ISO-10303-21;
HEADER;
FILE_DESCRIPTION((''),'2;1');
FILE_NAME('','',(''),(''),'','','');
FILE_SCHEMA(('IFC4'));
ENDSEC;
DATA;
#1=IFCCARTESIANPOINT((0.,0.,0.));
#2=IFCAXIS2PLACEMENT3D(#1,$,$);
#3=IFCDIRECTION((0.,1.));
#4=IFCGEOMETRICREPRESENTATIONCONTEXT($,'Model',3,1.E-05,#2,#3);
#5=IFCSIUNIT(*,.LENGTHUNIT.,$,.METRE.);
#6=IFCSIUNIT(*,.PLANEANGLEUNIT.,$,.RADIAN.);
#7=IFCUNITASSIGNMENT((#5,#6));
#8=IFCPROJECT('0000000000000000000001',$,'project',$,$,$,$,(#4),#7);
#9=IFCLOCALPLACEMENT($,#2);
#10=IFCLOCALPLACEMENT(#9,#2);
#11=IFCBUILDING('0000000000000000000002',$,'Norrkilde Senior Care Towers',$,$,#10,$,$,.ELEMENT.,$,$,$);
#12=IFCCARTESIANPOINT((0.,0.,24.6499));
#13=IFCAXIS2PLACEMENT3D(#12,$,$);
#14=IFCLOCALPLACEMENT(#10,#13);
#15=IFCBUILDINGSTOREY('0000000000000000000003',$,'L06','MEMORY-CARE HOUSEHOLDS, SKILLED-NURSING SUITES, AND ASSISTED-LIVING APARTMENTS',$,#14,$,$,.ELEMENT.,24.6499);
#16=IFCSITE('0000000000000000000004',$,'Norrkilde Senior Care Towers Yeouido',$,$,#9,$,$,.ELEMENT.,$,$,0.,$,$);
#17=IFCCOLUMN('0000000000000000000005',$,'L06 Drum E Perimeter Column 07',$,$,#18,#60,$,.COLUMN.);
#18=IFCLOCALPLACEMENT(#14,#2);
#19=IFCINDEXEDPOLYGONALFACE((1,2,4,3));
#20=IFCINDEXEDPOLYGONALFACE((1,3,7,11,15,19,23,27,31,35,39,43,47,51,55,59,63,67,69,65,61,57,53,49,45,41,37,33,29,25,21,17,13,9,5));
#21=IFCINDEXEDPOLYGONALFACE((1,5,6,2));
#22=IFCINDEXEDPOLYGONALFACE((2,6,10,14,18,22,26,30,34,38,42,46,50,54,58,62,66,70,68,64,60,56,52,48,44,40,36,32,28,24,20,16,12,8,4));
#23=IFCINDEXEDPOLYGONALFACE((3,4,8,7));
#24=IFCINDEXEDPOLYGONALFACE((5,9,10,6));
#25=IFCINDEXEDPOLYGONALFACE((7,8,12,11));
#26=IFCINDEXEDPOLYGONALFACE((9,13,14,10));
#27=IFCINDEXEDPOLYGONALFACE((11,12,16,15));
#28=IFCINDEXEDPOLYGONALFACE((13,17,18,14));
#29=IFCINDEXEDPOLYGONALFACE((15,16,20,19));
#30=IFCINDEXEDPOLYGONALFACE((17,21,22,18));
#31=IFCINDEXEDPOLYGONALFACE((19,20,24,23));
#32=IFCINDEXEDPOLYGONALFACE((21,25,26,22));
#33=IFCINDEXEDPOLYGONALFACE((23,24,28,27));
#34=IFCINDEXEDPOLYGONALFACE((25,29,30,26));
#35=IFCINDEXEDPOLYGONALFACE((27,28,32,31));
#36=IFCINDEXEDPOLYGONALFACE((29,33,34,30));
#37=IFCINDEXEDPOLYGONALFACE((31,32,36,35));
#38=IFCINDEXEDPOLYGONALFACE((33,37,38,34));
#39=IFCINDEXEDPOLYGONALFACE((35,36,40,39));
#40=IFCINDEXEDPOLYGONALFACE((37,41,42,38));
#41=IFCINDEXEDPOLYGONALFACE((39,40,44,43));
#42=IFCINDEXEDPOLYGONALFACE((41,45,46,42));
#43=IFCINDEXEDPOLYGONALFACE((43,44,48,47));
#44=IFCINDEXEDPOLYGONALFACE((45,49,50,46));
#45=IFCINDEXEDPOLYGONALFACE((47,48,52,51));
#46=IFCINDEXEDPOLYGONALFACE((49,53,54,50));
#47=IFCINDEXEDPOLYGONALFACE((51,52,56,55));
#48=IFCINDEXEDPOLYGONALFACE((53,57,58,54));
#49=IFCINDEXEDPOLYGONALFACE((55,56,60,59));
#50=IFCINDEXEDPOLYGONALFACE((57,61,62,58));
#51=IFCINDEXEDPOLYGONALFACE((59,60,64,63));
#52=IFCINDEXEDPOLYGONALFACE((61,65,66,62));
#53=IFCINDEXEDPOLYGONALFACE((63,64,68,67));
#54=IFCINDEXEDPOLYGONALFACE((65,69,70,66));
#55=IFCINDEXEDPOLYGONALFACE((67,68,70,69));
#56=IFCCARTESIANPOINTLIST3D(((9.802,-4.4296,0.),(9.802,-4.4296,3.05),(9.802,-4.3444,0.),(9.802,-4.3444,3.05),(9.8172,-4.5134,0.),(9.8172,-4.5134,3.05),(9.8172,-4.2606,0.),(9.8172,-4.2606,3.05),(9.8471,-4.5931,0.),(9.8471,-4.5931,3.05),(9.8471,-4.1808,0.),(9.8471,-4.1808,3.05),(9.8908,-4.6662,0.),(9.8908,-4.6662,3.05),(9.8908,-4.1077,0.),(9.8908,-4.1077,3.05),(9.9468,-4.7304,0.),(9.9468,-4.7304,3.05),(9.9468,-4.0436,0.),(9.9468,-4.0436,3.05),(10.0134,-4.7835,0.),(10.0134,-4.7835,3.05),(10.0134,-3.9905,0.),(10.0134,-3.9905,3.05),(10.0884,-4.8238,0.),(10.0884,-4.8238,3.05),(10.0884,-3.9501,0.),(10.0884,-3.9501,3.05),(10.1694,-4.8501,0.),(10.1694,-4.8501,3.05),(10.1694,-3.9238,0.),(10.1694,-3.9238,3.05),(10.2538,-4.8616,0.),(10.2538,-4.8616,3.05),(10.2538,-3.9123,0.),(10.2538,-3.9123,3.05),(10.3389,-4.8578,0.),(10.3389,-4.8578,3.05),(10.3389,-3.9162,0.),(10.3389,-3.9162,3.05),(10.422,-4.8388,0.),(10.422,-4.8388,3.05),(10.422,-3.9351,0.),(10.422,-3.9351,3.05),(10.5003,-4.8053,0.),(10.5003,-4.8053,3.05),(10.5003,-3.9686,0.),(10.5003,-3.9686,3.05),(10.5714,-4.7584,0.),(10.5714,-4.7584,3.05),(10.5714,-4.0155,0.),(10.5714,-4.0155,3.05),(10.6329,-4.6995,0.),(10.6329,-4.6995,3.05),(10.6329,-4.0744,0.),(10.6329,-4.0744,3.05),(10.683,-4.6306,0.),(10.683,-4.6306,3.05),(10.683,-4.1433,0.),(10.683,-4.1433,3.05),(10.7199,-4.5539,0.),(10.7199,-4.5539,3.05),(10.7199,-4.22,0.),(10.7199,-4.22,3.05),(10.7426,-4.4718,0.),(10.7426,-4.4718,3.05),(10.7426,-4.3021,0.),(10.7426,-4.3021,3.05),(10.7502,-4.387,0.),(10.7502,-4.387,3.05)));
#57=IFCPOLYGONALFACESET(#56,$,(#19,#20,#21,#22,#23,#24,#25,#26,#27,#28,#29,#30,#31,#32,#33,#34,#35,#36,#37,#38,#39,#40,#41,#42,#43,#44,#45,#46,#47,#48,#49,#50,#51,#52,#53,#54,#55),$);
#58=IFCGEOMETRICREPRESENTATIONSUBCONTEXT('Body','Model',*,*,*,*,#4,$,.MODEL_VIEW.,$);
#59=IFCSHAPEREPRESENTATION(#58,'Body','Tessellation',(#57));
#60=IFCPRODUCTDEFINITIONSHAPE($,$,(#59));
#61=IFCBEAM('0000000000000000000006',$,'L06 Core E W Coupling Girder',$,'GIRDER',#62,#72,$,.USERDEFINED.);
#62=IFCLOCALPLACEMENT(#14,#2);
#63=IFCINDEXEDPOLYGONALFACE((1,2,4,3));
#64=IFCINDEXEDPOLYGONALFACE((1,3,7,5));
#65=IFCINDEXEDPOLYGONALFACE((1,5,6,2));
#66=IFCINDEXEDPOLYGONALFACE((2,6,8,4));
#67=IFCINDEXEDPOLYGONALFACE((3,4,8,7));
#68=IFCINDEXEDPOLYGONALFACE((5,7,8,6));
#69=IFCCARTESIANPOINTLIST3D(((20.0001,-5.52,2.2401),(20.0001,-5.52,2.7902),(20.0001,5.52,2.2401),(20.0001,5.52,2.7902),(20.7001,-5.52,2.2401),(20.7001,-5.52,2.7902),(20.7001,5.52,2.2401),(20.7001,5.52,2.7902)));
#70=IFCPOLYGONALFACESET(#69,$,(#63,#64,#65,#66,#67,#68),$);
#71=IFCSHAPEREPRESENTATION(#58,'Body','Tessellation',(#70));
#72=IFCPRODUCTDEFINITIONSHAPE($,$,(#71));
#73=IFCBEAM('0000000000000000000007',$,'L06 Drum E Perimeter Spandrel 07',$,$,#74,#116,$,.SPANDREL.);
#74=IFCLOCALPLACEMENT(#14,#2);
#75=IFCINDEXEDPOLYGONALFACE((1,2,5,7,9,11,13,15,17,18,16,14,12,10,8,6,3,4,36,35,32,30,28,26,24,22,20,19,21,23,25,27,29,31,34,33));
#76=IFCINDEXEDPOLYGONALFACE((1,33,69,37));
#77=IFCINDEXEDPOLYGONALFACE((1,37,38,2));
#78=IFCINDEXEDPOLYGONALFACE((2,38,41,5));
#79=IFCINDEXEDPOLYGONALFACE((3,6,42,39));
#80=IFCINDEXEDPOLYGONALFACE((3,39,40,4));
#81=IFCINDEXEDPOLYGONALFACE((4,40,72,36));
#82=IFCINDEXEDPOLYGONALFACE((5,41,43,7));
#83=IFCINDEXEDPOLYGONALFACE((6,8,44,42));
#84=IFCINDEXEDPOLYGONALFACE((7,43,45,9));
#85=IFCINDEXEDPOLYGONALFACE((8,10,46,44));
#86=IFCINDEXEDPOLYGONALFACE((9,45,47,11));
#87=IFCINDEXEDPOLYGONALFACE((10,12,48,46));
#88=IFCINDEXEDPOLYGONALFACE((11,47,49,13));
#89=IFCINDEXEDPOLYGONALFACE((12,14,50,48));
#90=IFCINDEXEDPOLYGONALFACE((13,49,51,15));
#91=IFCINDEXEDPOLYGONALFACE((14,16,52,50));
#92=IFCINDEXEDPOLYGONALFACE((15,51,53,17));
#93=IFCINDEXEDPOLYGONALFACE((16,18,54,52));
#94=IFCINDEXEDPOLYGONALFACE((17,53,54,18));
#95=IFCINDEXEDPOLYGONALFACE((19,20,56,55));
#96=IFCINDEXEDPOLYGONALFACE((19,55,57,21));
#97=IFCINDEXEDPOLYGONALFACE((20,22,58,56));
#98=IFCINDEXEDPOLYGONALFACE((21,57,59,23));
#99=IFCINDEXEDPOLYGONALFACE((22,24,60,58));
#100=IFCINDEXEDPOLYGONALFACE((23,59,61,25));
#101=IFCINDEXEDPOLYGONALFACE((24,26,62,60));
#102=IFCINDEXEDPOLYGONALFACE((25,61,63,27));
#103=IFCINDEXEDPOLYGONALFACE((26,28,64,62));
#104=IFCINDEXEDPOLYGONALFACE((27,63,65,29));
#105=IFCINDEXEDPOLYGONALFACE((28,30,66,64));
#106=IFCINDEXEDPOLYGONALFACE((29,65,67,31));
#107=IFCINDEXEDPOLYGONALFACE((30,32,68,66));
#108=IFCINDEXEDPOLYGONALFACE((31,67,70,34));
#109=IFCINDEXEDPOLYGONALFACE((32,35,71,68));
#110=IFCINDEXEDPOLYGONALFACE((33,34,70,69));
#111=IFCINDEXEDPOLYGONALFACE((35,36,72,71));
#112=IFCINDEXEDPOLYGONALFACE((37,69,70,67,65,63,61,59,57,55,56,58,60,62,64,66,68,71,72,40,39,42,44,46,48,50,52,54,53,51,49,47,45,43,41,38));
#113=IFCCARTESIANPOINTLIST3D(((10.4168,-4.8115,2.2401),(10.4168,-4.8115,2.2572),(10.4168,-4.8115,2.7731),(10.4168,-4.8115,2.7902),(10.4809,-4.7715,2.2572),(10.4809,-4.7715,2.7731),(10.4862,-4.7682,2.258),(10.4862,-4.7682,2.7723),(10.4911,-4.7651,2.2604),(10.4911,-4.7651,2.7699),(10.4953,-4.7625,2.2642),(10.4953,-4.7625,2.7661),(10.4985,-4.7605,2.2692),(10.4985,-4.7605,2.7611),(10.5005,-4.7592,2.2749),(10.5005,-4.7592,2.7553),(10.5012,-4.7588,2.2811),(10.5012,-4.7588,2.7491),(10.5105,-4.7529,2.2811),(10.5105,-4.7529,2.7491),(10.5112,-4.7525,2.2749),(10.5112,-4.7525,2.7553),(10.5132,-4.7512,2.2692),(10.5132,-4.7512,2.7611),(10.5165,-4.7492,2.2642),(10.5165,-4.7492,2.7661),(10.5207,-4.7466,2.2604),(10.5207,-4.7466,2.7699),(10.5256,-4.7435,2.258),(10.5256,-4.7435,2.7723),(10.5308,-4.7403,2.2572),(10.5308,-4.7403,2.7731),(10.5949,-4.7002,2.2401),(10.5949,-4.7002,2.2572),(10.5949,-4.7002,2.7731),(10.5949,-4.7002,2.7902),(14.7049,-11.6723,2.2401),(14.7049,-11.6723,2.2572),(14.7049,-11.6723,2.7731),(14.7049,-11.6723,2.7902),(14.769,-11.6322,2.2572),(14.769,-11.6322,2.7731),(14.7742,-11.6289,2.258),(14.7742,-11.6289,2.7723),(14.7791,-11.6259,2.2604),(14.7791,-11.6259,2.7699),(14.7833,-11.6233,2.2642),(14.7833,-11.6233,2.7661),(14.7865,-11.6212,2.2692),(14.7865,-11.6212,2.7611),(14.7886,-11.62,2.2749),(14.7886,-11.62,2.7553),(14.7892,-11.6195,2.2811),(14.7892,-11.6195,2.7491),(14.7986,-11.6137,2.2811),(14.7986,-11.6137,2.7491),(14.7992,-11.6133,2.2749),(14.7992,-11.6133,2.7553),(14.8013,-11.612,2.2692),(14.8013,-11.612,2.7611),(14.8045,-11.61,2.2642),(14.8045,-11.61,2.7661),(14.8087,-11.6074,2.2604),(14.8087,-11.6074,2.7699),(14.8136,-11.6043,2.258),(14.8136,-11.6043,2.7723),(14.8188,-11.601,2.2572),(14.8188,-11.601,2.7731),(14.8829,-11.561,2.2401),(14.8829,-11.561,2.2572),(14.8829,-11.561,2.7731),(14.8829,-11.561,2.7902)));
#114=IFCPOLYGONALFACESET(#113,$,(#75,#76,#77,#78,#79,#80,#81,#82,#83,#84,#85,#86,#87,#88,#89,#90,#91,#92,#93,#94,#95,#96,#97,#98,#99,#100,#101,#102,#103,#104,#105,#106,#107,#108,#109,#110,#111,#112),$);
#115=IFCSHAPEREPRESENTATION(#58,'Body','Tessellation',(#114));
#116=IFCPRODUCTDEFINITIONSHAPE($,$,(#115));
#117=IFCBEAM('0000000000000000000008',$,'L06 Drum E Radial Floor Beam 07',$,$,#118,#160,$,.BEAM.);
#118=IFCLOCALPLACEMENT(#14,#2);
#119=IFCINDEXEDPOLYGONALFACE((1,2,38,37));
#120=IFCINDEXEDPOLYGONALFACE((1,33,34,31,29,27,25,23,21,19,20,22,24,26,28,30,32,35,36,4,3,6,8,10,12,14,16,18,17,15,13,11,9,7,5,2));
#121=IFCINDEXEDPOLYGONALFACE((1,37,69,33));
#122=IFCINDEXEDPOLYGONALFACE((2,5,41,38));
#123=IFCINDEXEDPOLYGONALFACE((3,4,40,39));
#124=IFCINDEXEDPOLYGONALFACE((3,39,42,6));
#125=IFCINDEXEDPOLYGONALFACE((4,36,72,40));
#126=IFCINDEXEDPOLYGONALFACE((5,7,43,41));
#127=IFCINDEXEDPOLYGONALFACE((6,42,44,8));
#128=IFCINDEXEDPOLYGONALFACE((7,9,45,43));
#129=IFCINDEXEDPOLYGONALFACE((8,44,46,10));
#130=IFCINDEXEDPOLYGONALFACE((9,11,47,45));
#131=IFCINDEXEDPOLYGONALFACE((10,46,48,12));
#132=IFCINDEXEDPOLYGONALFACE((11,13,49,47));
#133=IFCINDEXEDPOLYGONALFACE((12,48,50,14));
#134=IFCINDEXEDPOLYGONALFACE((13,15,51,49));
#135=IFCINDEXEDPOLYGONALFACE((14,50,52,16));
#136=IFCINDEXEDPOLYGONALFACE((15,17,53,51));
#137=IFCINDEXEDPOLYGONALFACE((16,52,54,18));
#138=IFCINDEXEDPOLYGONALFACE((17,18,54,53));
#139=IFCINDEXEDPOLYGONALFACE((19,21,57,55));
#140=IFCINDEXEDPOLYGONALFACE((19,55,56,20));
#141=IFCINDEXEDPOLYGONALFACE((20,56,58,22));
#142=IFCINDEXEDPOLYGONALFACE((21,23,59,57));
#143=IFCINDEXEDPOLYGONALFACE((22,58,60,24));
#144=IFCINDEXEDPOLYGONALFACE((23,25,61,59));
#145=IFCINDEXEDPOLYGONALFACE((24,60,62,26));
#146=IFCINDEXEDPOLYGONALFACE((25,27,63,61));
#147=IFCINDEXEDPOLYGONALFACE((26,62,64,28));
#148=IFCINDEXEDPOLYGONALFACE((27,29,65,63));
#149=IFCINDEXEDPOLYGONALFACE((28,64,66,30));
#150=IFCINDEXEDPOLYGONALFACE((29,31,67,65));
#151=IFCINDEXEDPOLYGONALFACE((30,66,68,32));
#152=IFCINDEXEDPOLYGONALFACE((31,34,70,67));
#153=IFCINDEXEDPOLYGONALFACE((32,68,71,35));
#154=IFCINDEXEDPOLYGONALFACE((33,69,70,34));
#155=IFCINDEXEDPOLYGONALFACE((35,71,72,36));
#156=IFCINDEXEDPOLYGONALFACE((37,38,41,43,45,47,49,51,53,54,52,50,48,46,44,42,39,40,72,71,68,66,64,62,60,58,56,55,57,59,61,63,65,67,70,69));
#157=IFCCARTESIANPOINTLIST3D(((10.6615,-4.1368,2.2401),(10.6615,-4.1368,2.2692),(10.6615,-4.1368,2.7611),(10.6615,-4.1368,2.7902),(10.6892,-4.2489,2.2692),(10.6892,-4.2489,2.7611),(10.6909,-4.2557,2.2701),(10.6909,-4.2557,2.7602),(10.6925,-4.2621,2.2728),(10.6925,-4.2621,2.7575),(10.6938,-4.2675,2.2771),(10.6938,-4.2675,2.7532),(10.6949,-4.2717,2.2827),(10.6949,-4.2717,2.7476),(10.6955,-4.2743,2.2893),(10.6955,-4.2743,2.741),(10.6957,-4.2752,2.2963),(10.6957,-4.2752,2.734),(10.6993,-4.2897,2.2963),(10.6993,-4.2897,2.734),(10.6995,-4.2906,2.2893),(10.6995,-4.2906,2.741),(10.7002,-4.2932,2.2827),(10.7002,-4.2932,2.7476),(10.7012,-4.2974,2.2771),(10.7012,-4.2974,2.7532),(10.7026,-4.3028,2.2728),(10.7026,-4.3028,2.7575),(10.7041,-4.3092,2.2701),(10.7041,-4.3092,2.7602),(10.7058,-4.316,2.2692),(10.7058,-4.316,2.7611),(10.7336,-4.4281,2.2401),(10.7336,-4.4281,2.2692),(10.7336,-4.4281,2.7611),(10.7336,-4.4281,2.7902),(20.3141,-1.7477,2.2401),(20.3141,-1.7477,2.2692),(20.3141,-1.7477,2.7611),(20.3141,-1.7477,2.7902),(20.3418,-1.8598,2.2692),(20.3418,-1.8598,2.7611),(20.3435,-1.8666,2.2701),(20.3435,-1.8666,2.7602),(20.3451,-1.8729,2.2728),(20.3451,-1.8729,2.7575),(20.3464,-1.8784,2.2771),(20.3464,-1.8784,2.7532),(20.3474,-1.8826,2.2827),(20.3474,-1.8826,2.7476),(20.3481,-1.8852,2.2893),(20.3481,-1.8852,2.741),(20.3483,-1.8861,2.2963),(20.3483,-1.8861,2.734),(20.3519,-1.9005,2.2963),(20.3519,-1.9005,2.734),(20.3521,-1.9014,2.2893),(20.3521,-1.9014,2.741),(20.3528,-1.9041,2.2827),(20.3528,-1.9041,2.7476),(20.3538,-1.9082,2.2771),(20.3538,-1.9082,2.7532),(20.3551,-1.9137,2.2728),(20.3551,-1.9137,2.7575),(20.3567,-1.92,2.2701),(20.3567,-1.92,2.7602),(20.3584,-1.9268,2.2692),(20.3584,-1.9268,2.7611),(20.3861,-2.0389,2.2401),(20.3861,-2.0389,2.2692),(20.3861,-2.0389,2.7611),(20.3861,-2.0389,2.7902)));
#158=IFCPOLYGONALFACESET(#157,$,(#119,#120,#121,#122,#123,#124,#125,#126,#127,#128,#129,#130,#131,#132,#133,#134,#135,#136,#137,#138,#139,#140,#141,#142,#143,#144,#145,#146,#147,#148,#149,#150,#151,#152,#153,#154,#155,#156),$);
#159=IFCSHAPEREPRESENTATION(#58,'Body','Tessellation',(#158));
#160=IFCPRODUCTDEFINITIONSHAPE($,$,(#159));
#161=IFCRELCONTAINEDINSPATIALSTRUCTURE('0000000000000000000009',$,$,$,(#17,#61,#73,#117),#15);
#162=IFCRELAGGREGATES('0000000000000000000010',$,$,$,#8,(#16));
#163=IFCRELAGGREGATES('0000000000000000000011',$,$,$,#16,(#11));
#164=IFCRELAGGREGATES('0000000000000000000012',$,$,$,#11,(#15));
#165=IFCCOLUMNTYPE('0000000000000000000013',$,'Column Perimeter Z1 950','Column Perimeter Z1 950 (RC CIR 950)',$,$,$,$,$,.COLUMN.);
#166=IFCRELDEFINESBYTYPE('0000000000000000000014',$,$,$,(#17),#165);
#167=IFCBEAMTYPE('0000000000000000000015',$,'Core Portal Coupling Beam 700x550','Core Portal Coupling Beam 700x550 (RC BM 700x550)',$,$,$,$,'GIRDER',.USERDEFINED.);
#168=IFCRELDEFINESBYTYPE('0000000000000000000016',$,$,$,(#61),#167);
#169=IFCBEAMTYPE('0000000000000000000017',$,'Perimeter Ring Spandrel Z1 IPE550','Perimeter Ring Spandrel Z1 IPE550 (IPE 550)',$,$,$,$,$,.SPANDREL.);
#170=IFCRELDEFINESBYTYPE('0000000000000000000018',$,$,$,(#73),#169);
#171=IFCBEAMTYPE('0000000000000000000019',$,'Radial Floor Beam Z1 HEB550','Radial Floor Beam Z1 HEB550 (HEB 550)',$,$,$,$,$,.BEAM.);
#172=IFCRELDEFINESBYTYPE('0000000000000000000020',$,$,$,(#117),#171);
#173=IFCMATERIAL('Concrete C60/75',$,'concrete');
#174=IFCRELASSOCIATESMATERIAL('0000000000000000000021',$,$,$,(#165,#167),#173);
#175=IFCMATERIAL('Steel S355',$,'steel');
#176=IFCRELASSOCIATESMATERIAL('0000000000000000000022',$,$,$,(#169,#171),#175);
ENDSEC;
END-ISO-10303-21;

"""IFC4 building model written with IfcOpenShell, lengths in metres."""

from ifc_helpers import new_model, si_unit, direction, frame, origin, origin_2d, place, context, subcontext, project, spatial, rectangle, circle, i_section, extrude, source, transform, mapped, material, material_profile, profile_set, type_object, type_shapes, element, save


model = new_model("IFC4")

# Units and contexts
model_context = context("Model", 3, precision=1e-05, world=origin(), true_north=direction((0.0, 1.0)))
body_context = subcontext(model_context, "Body", "Model", "MODEL_VIEW")
ifc_project = project(units=[si_unit("LENGTHUNIT", "METRE"), si_unit("PLANEANGLEUNIT", "RADIAN")], contexts=[model_context])

# Site, building, storey
site_placement = place(None, origin())
site = spatial("IfcSite", under=ifc_project, at=site_placement, Name="Norrkilde Senior Care Towers Yeouido", CompositionType="ELEMENT", RefElevation=0.0)
building_placement = place(site_placement, origin())
building = spatial("IfcBuilding", under=site, at=building_placement, Name="Norrkilde Senior Care Towers", CompositionType="ELEMENT")
storey_placement = place(building_placement, frame((0.0, 0.0, 24.6499)))
storey = spatial("IfcBuildingStorey", under=building, at=storey_placement, Name="L06", Description="MEMORY-CARE HOUSEHOLDS, SKILLED-NURSING SUITES, AND ASSISTED-LIVING APARTMENTS", CompositionType="ELEMENT", Elevation=24.6499)

# Column
ifc_material_1 = material(Name="Concrete C60/75", Category="concrete")
ifc_material_profile_1 = material_profile(ifc_material_1, circle(Radius=0.4751, at=origin_2d()), Name="RC CIR 950")
ifc_profile_set_1 = profile_set([ifc_material_profile_1], Name="Concrete C60/75")
column_type = type_object("IfcColumnType", Name="Column Perimeter Z1 950", Description="Column Perimeter Z1 950 (RC CIR 950)", PredefinedType="COLUMN", material=ifc_profile_set_1)
shared_shape_1 = source(origin(), body_context, "Body", "SweptSolid", [
    extrude(circle(Radius=0.4751, at=origin_2d()), origin(), (0.0, 0.0, 1.0), 3.05),
])
type_shapes(column_type, [shared_shape_1])
column_placement = place(storey_placement, frame((10.2751, -4.387, 0.0), z_axis=(0.0, 0.0, 1.0), x_axis=(1.0, 0.0, 0.0)))
element("IfcColumn", 1, at=column_placement, inside=storey, type_object=column_type, Name="L06 Drum E Perimeter Column 07", PredefinedType="COLUMN", context=body_context, shape_type="MappedRepresentation", body=[
    mapped(shared_shape_1, transform((0.0, 0.0, 0.0), x_axis=(1.0, 0.0, 0.0), y_axis=(0.0, 1.0, 0.0), z_axis=(0.0, 0.0, 1.0), scale=1.0)),
])

# Beams
ifc_material_profile_2 = material_profile(ifc_material_1, rectangle(XDim=0.7, YDim=0.55, at=origin_2d()), Name="RC BM 700x550")
ifc_profile_set_2 = profile_set([ifc_material_profile_2], Name="Concrete C60/75")
beam_type_1 = type_object("IfcBeamType", Name="Core Portal Coupling Beam 700x550", Description="Core Portal Coupling Beam 700x550 (RC BM 700x550)", ElementType="GIRDER", PredefinedType="USERDEFINED", material=ifc_profile_set_2)
shared_shape_2 = source(origin(), body_context, "Body", "SweptSolid", [
    extrude(rectangle(XDim=0.7, YDim=0.55, at=origin_2d()), origin(), (0.0, 0.0, 1.0), 11.04),
])
type_shapes(beam_type_1, [shared_shape_2])
beam_1_placement = place(storey_placement, frame((20.3501, -5.52, 2.5151), z_axis=(0.0, 1.0, 0.0), x_axis=(-1.0, 0.0, 0.0)))
element("IfcBeam", 2, at=beam_1_placement, inside=storey, type_object=beam_type_1, Name="L06 Core E W Coupling Girder", ObjectType="GIRDER", PredefinedType="USERDEFINED", context=body_context, shape_type="MappedRepresentation", body=[
    mapped(shared_shape_2, transform((0.0, 0.0, 0.0), x_axis=(1.0, 0.0, 0.0), y_axis=(0.0, 1.0, 0.0), z_axis=(0.0, 0.0, 1.0), scale=1.0)),
])
ifc_material_2 = material(Name="Steel S355", Category="steel")
ifc_material_profile_3 = material_profile(ifc_material_2, i_section(OverallWidth=0.21, OverallDepth=0.55, WebThickness=0.011, FlangeThickness=0.0171, FilletRadius=0.0239, at=origin_2d()), Name="IPE 550")
ifc_profile_set_3 = profile_set([ifc_material_profile_3], Name="Steel S355")
beam_type_2 = type_object("IfcBeamType", Name="Perimeter Ring Spandrel Z1 IPE550", Description="Perimeter Ring Spandrel Z1 IPE550 (IPE 550)", PredefinedType="SPANDREL", material=ifc_profile_set_3)
shared_shape_3 = source(origin(), body_context, "Body", "SweptSolid", [
    extrude(i_section(OverallWidth=0.21, OverallDepth=0.55, WebThickness=0.011, FlangeThickness=0.0171, FilletRadius=0.0239, at=origin_2d()), origin(), (0.0, 0.0, 1.0), 8.0906),
])
type_shapes(beam_type_2, [shared_shape_3])
beam_2_placement = place(storey_placement, frame((10.5059, -4.7559, 2.5151), z_axis=(0.530004, -0.847995, 0.0), x_axis=(0.847995, 0.530004, 0.0)))
element("IfcBeam", 3, at=beam_2_placement, inside=storey, type_object=beam_type_2, Name="L06 Drum E Perimeter Spandrel 07", PredefinedType="SPANDREL", context=body_context, shape_type="MappedRepresentation", body=[
    mapped(shared_shape_3, transform((0.0, 0.0, 0.0), x_axis=(1.0, 0.0, 0.0), y_axis=(0.0, 1.0, 0.0), z_axis=(0.0, 0.0, 1.0), scale=1.0)),
])
ifc_material_profile_4 = material_profile(ifc_material_2, i_section(OverallWidth=0.3, OverallDepth=0.55, WebThickness=0.0149, FlangeThickness=0.0291, FilletRadius=0.0271, at=origin_2d()), Name="HEB 550")
ifc_profile_set_4 = profile_set([ifc_material_profile_4], Name="Steel S355")
beam_type_3 = type_object("IfcBeamType", Name="Radial Floor Beam Z1 HEB550", Description="Radial Floor Beam Z1 HEB550 (HEB 550)", PredefinedType="BEAM", material=ifc_profile_set_4)
shared_shape_4 = source(origin(), body_context, "Body", "SweptSolid", [
    extrude(i_section(OverallWidth=0.3, OverallDepth=0.55, WebThickness=0.0149, FlangeThickness=0.0291, FilletRadius=0.0271, at=origin_2d()), origin(), (0.0, 0.0, 1.0), 9.9438),
])
type_shapes(beam_type_3, [shared_shape_4])
beam_3_placement = place(storey_placement, frame((20.3501, -1.8933, 2.5151), z_axis=(-0.970707, -0.240265, 0.0), x_axis=(0.240265, -0.970707, 0.0)))
element("IfcBeam", 4, at=beam_3_placement, inside=storey, type_object=beam_type_3, Name="L06 Drum E Radial Floor Beam 07", PredefinedType="BEAM", context=body_context, shape_type="MappedRepresentation", body=[
    mapped(shared_shape_4, transform((0.0, 0.0, 0.0), x_axis=(1.0, 0.0, 0.0), y_axis=(0.0, 1.0, 0.0), z_axis=(0.0, 0.0, 1.0), scale=1.0)),
])

save(model, "model.ifc")
